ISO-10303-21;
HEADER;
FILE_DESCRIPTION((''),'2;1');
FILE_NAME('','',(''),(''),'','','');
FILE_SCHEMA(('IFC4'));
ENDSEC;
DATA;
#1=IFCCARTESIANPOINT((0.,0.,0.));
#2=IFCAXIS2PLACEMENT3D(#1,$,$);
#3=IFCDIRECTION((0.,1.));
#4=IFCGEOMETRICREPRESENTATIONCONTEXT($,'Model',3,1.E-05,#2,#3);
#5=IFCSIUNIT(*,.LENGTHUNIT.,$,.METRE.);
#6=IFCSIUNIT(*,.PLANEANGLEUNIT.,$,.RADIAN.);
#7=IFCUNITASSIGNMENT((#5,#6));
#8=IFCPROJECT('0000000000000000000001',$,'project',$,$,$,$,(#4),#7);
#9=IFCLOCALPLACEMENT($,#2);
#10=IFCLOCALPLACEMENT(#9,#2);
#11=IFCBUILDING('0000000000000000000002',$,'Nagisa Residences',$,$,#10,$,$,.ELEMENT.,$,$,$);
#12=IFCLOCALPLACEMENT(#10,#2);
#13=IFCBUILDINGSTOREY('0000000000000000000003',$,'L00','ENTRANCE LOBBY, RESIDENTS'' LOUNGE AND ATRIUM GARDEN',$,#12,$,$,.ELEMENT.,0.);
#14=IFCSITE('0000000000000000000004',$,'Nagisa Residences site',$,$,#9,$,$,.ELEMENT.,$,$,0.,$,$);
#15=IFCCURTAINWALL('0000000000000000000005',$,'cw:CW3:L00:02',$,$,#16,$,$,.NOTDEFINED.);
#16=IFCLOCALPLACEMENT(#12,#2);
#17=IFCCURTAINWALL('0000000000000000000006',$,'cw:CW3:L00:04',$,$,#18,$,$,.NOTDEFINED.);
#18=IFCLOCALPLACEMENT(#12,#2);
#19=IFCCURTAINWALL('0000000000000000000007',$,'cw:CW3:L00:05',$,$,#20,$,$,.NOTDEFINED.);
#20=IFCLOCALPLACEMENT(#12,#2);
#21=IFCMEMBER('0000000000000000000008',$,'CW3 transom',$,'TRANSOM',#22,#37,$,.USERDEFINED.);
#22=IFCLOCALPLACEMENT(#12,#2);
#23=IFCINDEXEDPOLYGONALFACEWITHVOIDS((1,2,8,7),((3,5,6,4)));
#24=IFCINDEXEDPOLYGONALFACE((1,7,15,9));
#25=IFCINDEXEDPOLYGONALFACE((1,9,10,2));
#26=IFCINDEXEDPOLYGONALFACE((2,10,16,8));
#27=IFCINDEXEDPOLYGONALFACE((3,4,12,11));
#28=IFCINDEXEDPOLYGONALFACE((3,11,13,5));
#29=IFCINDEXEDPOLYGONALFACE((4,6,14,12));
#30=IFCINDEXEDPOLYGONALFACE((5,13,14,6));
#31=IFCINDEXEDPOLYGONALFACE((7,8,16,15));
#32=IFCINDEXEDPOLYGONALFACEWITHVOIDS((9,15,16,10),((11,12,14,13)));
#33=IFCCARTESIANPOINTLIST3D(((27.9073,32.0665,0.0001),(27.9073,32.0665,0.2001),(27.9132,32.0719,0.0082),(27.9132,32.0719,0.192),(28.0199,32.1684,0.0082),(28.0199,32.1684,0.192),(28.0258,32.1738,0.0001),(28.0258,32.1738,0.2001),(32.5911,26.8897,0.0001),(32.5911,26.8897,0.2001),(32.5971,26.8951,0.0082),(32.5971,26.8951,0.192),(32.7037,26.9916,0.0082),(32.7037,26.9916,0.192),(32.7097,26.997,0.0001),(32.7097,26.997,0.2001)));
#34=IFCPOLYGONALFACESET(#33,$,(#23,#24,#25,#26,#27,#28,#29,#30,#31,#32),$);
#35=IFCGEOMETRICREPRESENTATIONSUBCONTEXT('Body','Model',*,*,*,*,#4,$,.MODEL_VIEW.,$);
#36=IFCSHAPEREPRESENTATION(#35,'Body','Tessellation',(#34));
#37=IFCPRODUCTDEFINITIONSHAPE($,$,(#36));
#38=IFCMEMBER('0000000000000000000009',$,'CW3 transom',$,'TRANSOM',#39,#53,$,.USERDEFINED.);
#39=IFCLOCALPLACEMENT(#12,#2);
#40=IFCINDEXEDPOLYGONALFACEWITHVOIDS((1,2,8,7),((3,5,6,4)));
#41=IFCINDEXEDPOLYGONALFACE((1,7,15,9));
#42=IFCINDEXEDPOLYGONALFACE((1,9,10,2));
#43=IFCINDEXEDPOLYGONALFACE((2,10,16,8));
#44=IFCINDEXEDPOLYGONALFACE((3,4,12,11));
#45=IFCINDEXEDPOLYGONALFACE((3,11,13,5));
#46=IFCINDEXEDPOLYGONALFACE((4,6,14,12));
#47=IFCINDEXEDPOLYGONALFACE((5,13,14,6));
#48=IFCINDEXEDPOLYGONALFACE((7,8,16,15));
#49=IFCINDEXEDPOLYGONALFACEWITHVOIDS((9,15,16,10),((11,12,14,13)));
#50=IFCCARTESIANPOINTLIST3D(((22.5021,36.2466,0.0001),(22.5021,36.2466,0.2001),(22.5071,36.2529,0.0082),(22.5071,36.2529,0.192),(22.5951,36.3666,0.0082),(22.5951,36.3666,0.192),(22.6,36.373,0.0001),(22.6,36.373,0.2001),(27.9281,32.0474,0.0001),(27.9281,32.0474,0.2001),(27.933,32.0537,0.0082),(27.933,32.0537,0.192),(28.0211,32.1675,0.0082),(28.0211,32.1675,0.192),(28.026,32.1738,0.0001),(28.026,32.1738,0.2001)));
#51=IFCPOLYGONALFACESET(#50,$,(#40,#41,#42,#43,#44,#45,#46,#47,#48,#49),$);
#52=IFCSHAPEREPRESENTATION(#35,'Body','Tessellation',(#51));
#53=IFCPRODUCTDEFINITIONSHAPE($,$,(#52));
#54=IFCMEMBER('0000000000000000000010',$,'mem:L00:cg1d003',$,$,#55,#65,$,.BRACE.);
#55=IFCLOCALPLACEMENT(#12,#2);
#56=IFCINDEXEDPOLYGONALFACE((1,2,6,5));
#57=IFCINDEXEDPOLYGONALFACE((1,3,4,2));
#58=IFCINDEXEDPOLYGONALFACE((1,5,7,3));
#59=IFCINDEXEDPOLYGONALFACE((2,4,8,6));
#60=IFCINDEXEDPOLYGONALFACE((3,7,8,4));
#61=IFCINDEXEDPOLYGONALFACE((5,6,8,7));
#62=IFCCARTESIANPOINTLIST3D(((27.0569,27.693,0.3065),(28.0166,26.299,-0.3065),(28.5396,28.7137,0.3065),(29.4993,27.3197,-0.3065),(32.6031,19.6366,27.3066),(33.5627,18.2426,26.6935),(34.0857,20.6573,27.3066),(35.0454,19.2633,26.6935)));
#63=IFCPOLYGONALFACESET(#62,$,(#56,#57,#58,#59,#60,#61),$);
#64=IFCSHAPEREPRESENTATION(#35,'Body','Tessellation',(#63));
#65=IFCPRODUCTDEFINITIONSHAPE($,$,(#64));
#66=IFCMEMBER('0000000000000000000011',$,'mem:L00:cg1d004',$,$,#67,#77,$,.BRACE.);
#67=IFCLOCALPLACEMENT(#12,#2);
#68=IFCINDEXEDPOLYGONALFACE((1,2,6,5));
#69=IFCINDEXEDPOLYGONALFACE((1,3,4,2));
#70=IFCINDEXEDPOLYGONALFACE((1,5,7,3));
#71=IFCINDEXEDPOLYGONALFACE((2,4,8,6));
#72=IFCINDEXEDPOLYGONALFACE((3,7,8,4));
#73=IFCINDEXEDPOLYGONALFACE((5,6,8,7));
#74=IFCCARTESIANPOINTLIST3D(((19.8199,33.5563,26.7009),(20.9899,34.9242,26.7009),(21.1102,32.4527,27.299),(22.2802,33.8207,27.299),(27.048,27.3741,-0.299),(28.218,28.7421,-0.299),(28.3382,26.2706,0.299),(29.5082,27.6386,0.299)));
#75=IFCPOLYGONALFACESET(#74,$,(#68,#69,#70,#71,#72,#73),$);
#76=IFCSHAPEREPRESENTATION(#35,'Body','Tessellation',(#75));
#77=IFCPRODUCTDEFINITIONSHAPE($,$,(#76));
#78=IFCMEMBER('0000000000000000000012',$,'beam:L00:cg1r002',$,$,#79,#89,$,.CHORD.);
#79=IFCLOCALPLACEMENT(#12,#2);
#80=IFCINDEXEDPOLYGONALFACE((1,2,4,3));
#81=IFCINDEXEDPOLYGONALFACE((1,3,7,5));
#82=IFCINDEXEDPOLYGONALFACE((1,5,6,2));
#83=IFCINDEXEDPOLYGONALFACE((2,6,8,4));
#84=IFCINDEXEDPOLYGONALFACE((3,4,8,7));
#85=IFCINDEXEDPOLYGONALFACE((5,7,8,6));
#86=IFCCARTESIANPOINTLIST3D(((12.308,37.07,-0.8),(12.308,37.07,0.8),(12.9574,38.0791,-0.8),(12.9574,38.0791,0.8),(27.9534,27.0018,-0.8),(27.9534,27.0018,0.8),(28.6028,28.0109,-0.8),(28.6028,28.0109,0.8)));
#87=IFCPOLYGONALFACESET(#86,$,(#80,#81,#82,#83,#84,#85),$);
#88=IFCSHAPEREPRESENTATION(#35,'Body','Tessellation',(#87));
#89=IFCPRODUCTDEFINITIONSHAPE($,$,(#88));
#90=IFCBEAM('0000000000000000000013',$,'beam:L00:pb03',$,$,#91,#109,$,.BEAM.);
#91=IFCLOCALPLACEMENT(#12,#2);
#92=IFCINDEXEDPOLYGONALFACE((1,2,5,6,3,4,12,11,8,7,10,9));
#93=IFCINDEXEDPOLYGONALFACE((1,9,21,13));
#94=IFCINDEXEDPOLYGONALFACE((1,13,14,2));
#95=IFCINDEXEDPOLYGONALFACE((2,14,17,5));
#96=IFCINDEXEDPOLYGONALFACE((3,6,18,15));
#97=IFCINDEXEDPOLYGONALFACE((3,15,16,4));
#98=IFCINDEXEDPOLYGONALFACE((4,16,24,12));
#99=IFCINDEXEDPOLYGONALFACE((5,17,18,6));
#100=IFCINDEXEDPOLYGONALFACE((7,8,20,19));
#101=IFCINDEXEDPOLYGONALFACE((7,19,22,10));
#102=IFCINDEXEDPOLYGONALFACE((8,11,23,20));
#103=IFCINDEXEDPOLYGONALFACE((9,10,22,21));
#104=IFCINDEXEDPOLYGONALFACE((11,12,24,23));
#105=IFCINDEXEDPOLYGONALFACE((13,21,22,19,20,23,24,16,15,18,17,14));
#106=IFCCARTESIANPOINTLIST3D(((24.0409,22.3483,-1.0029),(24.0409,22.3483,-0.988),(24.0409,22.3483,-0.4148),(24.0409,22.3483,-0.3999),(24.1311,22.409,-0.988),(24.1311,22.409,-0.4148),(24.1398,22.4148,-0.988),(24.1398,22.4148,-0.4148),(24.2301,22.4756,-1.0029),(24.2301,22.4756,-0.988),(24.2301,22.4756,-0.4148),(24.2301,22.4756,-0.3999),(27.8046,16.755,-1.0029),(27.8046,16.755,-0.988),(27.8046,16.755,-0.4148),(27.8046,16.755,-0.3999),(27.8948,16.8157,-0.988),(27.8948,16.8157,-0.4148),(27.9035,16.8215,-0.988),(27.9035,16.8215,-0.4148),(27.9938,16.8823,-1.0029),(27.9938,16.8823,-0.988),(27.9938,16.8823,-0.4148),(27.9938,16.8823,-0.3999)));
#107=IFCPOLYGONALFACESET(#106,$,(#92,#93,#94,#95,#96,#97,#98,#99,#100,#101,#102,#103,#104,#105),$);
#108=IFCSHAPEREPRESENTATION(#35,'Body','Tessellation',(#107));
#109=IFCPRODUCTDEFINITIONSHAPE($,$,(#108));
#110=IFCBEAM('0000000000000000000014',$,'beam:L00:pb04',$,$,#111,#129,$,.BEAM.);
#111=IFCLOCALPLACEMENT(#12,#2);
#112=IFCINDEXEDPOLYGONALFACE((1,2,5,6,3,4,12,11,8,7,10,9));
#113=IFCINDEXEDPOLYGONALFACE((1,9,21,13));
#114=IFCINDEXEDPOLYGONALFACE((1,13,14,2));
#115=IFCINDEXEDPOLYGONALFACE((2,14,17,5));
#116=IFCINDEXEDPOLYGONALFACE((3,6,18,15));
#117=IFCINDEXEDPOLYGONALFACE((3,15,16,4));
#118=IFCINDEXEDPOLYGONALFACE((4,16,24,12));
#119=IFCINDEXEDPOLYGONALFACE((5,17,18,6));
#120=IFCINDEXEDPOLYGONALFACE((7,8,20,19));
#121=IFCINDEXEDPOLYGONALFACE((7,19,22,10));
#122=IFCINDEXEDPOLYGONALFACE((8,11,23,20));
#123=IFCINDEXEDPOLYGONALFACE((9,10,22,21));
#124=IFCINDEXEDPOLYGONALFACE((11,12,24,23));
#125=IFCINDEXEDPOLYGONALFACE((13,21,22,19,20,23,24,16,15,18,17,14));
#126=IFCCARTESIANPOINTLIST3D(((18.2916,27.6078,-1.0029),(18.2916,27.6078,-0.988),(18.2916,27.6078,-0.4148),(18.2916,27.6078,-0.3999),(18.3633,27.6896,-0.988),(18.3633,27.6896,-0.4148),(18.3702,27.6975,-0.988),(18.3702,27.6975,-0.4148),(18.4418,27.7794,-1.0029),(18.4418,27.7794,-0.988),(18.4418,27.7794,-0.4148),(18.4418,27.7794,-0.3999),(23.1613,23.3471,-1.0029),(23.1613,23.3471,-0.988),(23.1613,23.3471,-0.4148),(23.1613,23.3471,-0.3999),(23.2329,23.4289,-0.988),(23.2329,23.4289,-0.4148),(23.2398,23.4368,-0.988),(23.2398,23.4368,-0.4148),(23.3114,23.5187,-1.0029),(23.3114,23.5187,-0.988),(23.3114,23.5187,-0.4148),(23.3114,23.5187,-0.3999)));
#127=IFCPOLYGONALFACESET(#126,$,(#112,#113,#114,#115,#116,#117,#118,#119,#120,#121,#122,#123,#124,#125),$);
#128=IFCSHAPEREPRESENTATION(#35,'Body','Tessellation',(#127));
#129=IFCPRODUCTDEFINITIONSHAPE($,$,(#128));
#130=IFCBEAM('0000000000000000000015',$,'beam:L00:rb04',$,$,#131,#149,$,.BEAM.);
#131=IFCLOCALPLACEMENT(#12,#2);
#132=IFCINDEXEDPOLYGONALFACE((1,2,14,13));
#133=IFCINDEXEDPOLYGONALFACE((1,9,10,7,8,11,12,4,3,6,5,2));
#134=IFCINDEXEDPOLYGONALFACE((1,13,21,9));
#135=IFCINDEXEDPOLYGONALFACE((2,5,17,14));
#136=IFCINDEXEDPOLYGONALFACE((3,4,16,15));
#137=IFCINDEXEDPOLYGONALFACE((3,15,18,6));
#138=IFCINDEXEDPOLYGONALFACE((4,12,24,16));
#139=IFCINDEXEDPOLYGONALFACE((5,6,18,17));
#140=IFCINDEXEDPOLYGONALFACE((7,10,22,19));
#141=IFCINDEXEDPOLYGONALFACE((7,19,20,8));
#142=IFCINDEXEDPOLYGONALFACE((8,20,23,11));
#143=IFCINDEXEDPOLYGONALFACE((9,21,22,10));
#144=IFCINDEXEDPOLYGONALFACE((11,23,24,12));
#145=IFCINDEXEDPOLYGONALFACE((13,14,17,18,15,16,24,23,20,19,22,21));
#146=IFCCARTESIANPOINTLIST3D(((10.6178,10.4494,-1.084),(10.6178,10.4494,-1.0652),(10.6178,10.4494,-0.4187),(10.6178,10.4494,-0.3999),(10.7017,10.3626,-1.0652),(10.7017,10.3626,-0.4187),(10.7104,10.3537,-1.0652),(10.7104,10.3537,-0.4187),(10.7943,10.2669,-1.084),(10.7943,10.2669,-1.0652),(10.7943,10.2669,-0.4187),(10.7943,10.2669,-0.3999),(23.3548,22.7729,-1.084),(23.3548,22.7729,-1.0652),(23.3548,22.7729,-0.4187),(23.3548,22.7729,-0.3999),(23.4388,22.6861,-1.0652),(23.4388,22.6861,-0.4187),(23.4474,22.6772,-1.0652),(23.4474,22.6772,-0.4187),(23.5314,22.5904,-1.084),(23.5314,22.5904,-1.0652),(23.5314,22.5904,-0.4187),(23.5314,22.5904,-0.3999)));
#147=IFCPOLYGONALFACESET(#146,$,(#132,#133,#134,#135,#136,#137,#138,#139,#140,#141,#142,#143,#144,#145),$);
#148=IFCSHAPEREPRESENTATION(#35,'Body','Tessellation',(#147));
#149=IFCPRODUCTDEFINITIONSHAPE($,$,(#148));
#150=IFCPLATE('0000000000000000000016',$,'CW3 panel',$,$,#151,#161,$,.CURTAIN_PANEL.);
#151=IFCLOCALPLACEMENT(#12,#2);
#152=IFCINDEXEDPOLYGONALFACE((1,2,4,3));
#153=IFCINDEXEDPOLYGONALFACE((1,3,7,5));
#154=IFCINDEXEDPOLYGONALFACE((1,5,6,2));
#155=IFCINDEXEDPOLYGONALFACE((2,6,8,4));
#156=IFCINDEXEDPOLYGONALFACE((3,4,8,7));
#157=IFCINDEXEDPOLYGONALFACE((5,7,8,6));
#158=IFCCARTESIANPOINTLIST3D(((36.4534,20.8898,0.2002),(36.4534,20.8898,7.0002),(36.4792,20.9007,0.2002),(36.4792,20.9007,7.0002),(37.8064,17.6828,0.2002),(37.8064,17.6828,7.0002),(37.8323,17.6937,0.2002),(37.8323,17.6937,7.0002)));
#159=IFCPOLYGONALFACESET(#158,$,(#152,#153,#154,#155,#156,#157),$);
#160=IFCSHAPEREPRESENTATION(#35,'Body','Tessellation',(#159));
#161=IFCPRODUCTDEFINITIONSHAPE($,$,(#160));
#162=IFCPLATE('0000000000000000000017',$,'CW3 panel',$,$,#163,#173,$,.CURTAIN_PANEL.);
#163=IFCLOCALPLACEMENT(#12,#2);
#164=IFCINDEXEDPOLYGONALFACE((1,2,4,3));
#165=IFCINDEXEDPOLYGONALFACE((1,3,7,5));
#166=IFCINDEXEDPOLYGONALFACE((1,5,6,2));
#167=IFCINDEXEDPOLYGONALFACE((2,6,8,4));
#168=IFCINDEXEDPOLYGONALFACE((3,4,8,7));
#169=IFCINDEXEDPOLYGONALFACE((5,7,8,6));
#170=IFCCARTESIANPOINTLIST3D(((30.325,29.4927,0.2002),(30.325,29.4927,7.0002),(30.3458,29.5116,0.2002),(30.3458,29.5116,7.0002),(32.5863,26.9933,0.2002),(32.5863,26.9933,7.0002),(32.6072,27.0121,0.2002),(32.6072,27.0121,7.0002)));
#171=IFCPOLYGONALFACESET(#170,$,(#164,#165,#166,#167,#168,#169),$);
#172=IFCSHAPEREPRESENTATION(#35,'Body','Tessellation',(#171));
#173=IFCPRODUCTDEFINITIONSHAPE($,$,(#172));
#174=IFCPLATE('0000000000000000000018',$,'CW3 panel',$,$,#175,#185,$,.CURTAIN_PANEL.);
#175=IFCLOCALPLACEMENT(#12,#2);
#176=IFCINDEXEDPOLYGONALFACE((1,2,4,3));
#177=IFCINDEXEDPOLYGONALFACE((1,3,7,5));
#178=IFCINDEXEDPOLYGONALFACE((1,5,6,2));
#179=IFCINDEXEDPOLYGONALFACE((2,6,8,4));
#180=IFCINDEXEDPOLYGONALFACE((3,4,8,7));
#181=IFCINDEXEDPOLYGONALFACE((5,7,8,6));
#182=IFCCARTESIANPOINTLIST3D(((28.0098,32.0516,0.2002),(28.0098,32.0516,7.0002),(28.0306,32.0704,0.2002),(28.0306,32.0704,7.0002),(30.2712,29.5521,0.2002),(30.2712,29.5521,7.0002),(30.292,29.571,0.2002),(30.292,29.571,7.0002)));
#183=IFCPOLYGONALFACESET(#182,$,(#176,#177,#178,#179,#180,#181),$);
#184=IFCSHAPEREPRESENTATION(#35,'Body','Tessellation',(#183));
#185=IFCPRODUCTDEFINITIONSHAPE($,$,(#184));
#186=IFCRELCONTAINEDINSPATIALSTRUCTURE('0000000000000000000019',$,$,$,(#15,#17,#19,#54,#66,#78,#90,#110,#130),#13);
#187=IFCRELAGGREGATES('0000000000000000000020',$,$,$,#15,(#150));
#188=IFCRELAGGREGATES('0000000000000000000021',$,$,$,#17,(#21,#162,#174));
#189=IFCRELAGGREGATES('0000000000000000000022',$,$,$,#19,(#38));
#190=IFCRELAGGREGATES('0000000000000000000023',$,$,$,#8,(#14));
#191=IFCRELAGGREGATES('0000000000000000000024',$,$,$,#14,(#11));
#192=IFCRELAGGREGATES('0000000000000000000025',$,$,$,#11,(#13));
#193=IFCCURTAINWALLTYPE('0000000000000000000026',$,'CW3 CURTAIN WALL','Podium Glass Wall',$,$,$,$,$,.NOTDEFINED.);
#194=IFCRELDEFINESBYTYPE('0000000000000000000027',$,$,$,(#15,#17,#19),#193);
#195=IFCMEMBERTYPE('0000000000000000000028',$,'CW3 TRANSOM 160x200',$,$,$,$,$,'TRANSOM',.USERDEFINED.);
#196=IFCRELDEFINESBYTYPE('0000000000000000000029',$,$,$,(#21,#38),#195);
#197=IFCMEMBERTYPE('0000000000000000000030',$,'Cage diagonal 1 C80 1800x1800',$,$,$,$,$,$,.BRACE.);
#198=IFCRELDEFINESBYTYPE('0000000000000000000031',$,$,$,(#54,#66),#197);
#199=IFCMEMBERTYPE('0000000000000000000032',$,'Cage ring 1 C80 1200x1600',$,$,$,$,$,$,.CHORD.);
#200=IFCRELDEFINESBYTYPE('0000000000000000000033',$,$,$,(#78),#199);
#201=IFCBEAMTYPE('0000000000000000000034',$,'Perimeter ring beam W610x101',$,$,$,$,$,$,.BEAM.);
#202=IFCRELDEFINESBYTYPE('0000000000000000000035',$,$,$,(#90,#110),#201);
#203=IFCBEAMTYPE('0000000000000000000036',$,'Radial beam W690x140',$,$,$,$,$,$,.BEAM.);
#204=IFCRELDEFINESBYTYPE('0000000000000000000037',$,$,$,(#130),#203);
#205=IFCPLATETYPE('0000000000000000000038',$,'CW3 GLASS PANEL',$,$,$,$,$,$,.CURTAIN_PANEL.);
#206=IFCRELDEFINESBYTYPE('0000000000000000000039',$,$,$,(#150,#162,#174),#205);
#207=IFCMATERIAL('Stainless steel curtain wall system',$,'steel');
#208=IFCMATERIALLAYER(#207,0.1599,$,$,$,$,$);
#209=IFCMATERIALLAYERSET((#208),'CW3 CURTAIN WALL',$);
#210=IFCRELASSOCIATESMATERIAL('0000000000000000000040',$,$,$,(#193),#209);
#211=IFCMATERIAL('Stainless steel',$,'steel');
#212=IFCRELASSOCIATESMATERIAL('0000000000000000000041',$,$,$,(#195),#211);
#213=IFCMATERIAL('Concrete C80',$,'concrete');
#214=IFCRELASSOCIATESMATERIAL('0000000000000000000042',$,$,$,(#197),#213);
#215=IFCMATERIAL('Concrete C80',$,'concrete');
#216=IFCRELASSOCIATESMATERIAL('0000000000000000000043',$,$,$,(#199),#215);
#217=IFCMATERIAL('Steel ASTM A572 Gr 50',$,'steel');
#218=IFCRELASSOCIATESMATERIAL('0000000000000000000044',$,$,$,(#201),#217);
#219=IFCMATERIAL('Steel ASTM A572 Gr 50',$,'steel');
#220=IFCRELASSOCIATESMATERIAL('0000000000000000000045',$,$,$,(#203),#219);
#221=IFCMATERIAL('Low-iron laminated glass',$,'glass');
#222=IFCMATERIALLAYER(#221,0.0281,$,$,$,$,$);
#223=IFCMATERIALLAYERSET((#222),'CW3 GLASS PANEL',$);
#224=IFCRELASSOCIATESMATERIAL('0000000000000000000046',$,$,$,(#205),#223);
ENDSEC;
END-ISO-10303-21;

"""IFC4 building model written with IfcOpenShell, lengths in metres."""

from ifc_helpers import new_model, si_unit, direction, frame, origin, origin_2d, place, context, subcontext, project, spatial, rectangle, hollow_rectangle, i_section, extrude, material, layer, layer_set, material_profile, profile_set, type_object, element, aggregate, save


model = new_model("IFC4")

# Units and contexts
model_context = context("Model", 3, precision=1e-05, world=origin(), true_north=direction((0.0, 1.0)))
body_context = subcontext(model_context, "Body", "Model", "MODEL_VIEW")
ifc_project = project(units=[si_unit("LENGTHUNIT", "METRE"), si_unit("PLANEANGLEUNIT", "RADIAN")], contexts=[model_context])

# Site, building, storey
site_placement = place(None, origin())
site = spatial("IfcSite", under=ifc_project, at=site_placement, Name="Nagisa Residences site", CompositionType="ELEMENT", RefElevation=0.0)
building_placement = place(site_placement, origin())
building = spatial("IfcBuilding", under=site, at=building_placement, Name="Nagisa Residences", CompositionType="ELEMENT")
storey_placement = place(building_placement, origin())
storey = spatial("IfcBuildingStorey", under=building, at=storey_placement, Name="L00", Description="ENTRANCE LOBBY, RESIDENTS' LOUNGE AND ATRIUM GARDEN", CompositionType="ELEMENT", Elevation=0.0)

# Curtain walls
ifc_material_1 = material(Name="Stainless steel curtain wall system", Category="steel")
ifc_layer_1 = layer(ifc_material_1, 0.1599)
ifc_layer_set_1 = layer_set([ifc_layer_1], Name="CW3 CURTAIN WALL")
curtain_wall_type = type_object("IfcCurtainWallType", Name="CW3 CURTAIN WALL", Description="Podium Glass Wall", PredefinedType="NOTDEFINED", material=ifc_layer_set_1)
curtain_wall_1_placement = place(storey_placement, origin())
curtain_wall_1 = element("IfcCurtainWall", 1, at=curtain_wall_1_placement, inside=storey, type_object=curtain_wall_type, Name="cw:CW3:L00:02", PredefinedType="NOTDEFINED")
curtain_wall_2_placement = place(storey_placement, origin())
curtain_wall_2 = element("IfcCurtainWall", 2, at=curtain_wall_2_placement, inside=storey, type_object=curtain_wall_type, Name="cw:CW3:L00:04", PredefinedType="NOTDEFINED")
curtain_wall_3_placement = place(storey_placement, origin())
curtain_wall_3 = element("IfcCurtainWall", 3, at=curtain_wall_3_placement, inside=storey, type_object=curtain_wall_type, Name="cw:CW3:L00:05", PredefinedType="NOTDEFINED")

# Members
ifc_material_2 = material(Name="Stainless steel", Category="steel")
ifc_material_profile_1 = material_profile(ifc_material_2, hollow_rectangle(XDim=0.1599, YDim=0.2, WallThickness=0.0081, at=origin_2d()), Name="CW3 TRANSOM 160x200")
ifc_profile_set_1 = profile_set([ifc_material_profile_1], Name="Stainless steel")
member_type_1 = type_object("IfcMemberType", Name="CW3 TRANSOM 160x200", ElementType="TRANSOM", PredefinedType="USERDEFINED", material=ifc_profile_set_1)
member_1_placement = place(storey_placement, frame((32.6504, 26.9434, 0.1001), z_axis=(-0.670922, 0.741528, 0.0), x_axis=(-0.741528, -0.670922, 0.0)))
member_1 = element("IfcMember", 4, at=member_1_placement, type_object=member_type_1, Name="CW3 transom", ObjectType="TRANSOM", PredefinedType="USERDEFINED", context=body_context, shape_type="SweptSolid", body=[
    extrude(hollow_rectangle(XDim=0.1599, YDim=0.2, WallThickness=0.0081, at=origin_2d()), origin(), (0.0, 0.0, 1.0), 6.9812),
])
member_2_placement = place(storey_placement, frame((27.9771, 32.1106, 0.1001), z_axis=(-0.790835, 0.61203, 0.0), x_axis=(-0.61203, -0.790835, 0.0)))
member_2 = element("IfcMember", 5, at=member_2_placement, type_object=member_type_1, Name="CW3 transom", ObjectType="TRANSOM", PredefinedType="USERDEFINED", context=body_context, shape_type="SweptSolid", body=[
    extrude(hollow_rectangle(XDim=0.1599, YDim=0.2, WallThickness=0.0081, at=origin_2d()), origin(), (0.0, 0.0, 1.0), 6.8611),
])

# Members
ifc_material_3 = material(Name="Concrete C80", Category="concrete")
ifc_material_profile_2 = material_profile(ifc_material_3, rectangle(XDim=1.8, YDim=1.8, at=origin_2d()), Name="C80 1800x1800")
ifc_profile_set_2 = profile_set([ifc_material_profile_2], Name="Concrete C80")
member_type_2 = type_object("IfcMemberType", Name="Cage diagonal 1 C80 1800x1800", PredefinedType="BRACE", material=ifc_profile_set_2)
member_3_placement = place(storey_placement, frame((28.2781, 27.5063, 0.0), z_axis=(0.193131, -0.280545, 0.94021), x_axis=(0.82369, 0.56704, 0.0)))
element("IfcMember", 6, at=member_3_placement, inside=storey, type_object=member_type_2, Name="mem:L00:cg1d003", PredefinedType="BRACE", context=body_context, shape_type="SweptSolid", body=[
    extrude(rectangle(XDim=1.8, YDim=1.8, at=origin_2d()), origin(), (0.0, 0.0, 1.0), 28.717),
])
member_4_placement = place(storey_placement, frame((28.2781, 27.5063, 0.0), z_axis=(-0.252496, 0.21596, 0.94319), x_axis=(-0.649983, -0.759948, 0.0)))
element("IfcMember", 7, at=member_4_placement, inside=storey, type_object=member_type_2, Name="mem:L00:cg1d004", PredefinedType="BRACE", context=body_context, shape_type="SweptSolid", body=[
    extrude(rectangle(XDim=1.8, YDim=1.8, at=origin_2d()), origin(), (0.0, 0.0, 1.0), 28.6262),
])
ifc_material_4 = material(Name="Concrete C80", Category="concrete")
ifc_material_profile_3 = material_profile(ifc_material_4, rectangle(XDim=1.2, YDim=1.6001, at=origin_2d()), Name="C80 1200x1600")
ifc_profile_set_3 = profile_set([ifc_material_profile_3], Name="Concrete C80")
member_type_3 = type_object("IfcMemberType", Name="Cage ring 1 C80 1200x1600", PredefinedType="CHORD", material=ifc_profile_set_3)
member_5_placement = place(storey_placement, frame((28.2781, 27.5063, 0.0), z_axis=(-0.840923, 0.541155, 0.0), x_axis=(-0.541155, -0.840923, 0.0)))
element("IfcMember", 8, at=member_5_placement, inside=storey, type_object=member_type_3, Name="beam:L00:cg1r002", PredefinedType="CHORD", context=body_context, shape_type="SweptSolid", body=[
    extrude(rectangle(XDim=1.2, YDim=1.6001, at=origin_2d()), origin(), (0.0, 0.0, 1.0), 18.605),
])

# Beams
ifc_material_5 = material(Name="Steel ASTM A572 Gr 50", Category="steel")
ifc_material_profile_4 = material_profile(ifc_material_5, i_section(OverallWidth=0.228, OverallDepth=0.603, WebThickness=0.0105, FlangeThickness=0.0149, at=origin_2d()), Name="W610x101")
ifc_profile_set_4 = profile_set([ifc_material_profile_4], Name="Steel ASTM A572 Gr 50")
beam_type_1 = type_object("IfcBeamType", Name="Perimeter ring beam W610x101", PredefinedType="BEAM", material=ifc_profile_set_4)
beam_1_placement = place(storey_placement, frame((27.8992, 16.8186, -0.7014), z_axis=(-0.558272, 0.829658, 0.0), x_axis=(-0.829658, -0.558272, 0.0)))
element("IfcBeam", 9, at=beam_1_placement, inside=storey, type_object=beam_type_1, Name="beam:L00:pb03", PredefinedType="BEAM", context=body_context, shape_type="SweptSolid", body=[
    extrude(i_section(OverallWidth=0.228, OverallDepth=0.603, WebThickness=0.0105, FlangeThickness=0.0149, at=origin_2d()), origin(), (0.0, 0.0, 1.0), 6.7417),
])
beam_2_placement = place(storey_placement, frame((23.2363, 23.4329, -0.7014), z_axis=(-0.752591, 0.658489, 0.0), x_axis=(-0.658489, -0.752591, 0.0)))
element("IfcBeam", 10, at=beam_2_placement, inside=storey, type_object=beam_type_1, Name="beam:L00:pb04", PredefinedType="BEAM", context=body_context, shape_type="SweptSolid", body=[
    extrude(i_section(OverallWidth=0.228, OverallDepth=0.603, WebThickness=0.0105, FlangeThickness=0.0149, at=origin_2d()), origin(), (0.0, 0.0, 1.0), 6.4705),
])
ifc_material_6 = material(Name="Steel ASTM A572 Gr 50", Category="steel")
ifc_material_profile_5 = material_profile(ifc_material_6, i_section(OverallWidth=0.2539, OverallDepth=0.6841, WebThickness=0.0125, FlangeThickness=0.0188, at=origin_2d()), Name="W690x140")
ifc_profile_set_5 = profile_set([ifc_material_profile_5], Name="Steel ASTM A572 Gr 50")
beam_type_2 = type_object("IfcBeamType", Name="Radial beam W690x140", PredefinedType="BEAM", material=ifc_profile_set_5)
beam_3_placement = place(storey_placement, frame((23.4431, 22.6816, -0.7419), z_axis=(-0.718678, -0.695343, 0.0), x_axis=(0.695343, -0.718678, 0.0)))
element("IfcBeam", 11, at=beam_3_placement, inside=storey, type_object=beam_type_2, Name="beam:L00:rb04", PredefinedType="BEAM", context=body_context, shape_type="SweptSolid", body=[
    extrude(i_section(OverallWidth=0.2539, OverallDepth=0.6841, WebThickness=0.0125, FlangeThickness=0.0188, at=origin_2d()), origin(), (0.0, 0.0, 1.0), 17.7229),
])

# Plates
ifc_material_7 = material(Name="Low-iron laminated glass", Category="glass")
ifc_layer_2 = layer(ifc_material_7, 0.0281)
ifc_layer_set_2 = layer_set([ifc_layer_2], Name="CW3 GLASS PANEL")
plate_type = type_object("IfcPlateType", Name="CW3 GLASS PANEL", PredefinedType="CURTAIN_PANEL", material=ifc_layer_set_2)
plate_1_placement = place(storey_placement, frame((37.1428, 19.2917, 0.2002), z_axis=(0.0, 0.0, 1.0), x_axis=(-0.388718, 0.921357, 0.0)))
plate_1 = element("IfcPlate", 12, at=plate_1_placement, type_object=plate_type, Name="CW3 panel", PredefinedType="CURTAIN_PANEL", context=body_context, shape_type="SweptSolid", body=[
    extrude(rectangle(XDim=3.4807, YDim=0.0281, at=origin_2d()), origin(), (0.0, 0.0, 1.0), 6.8),
])
aggregate(curtain_wall_1, [plate_1])
plate_2_placement = place(storey_placement, frame((31.4661, 28.2524, 0.2002), z_axis=(0.0, 0.0, 1.0), x_axis=(-0.670913, 0.741536, 0.0)))
plate_2 = element("IfcPlate", 13, at=plate_2_placement, type_object=plate_type, Name="CW3 panel", PredefinedType="CURTAIN_PANEL", context=body_context, shape_type="SweptSolid", body=[
    extrude(rectangle(XDim=3.3706, YDim=0.0281, at=origin_2d()), origin(), (0.0, 0.0, 1.0), 6.8),
])
plate_3_placement = place(storey_placement, frame((29.1509, 30.8113, 0.2002), z_axis=(0.0, 0.0, 1.0), x_axis=(-0.670913, 0.741536, 0.0)))
plate_3 = element("IfcPlate", 14, at=plate_3_placement, type_object=plate_type, Name="CW3 panel", PredefinedType="CURTAIN_PANEL", context=body_context, shape_type="SweptSolid", body=[
    extrude(rectangle(XDim=3.3706, YDim=0.0281, at=origin_2d()), origin(), (0.0, 0.0, 1.0), 6.8),
])
aggregate(curtain_wall_2, [member_1, plate_2, plate_3])
aggregate(curtain_wall_3, [member_2])

save(model, "model.ifc")
